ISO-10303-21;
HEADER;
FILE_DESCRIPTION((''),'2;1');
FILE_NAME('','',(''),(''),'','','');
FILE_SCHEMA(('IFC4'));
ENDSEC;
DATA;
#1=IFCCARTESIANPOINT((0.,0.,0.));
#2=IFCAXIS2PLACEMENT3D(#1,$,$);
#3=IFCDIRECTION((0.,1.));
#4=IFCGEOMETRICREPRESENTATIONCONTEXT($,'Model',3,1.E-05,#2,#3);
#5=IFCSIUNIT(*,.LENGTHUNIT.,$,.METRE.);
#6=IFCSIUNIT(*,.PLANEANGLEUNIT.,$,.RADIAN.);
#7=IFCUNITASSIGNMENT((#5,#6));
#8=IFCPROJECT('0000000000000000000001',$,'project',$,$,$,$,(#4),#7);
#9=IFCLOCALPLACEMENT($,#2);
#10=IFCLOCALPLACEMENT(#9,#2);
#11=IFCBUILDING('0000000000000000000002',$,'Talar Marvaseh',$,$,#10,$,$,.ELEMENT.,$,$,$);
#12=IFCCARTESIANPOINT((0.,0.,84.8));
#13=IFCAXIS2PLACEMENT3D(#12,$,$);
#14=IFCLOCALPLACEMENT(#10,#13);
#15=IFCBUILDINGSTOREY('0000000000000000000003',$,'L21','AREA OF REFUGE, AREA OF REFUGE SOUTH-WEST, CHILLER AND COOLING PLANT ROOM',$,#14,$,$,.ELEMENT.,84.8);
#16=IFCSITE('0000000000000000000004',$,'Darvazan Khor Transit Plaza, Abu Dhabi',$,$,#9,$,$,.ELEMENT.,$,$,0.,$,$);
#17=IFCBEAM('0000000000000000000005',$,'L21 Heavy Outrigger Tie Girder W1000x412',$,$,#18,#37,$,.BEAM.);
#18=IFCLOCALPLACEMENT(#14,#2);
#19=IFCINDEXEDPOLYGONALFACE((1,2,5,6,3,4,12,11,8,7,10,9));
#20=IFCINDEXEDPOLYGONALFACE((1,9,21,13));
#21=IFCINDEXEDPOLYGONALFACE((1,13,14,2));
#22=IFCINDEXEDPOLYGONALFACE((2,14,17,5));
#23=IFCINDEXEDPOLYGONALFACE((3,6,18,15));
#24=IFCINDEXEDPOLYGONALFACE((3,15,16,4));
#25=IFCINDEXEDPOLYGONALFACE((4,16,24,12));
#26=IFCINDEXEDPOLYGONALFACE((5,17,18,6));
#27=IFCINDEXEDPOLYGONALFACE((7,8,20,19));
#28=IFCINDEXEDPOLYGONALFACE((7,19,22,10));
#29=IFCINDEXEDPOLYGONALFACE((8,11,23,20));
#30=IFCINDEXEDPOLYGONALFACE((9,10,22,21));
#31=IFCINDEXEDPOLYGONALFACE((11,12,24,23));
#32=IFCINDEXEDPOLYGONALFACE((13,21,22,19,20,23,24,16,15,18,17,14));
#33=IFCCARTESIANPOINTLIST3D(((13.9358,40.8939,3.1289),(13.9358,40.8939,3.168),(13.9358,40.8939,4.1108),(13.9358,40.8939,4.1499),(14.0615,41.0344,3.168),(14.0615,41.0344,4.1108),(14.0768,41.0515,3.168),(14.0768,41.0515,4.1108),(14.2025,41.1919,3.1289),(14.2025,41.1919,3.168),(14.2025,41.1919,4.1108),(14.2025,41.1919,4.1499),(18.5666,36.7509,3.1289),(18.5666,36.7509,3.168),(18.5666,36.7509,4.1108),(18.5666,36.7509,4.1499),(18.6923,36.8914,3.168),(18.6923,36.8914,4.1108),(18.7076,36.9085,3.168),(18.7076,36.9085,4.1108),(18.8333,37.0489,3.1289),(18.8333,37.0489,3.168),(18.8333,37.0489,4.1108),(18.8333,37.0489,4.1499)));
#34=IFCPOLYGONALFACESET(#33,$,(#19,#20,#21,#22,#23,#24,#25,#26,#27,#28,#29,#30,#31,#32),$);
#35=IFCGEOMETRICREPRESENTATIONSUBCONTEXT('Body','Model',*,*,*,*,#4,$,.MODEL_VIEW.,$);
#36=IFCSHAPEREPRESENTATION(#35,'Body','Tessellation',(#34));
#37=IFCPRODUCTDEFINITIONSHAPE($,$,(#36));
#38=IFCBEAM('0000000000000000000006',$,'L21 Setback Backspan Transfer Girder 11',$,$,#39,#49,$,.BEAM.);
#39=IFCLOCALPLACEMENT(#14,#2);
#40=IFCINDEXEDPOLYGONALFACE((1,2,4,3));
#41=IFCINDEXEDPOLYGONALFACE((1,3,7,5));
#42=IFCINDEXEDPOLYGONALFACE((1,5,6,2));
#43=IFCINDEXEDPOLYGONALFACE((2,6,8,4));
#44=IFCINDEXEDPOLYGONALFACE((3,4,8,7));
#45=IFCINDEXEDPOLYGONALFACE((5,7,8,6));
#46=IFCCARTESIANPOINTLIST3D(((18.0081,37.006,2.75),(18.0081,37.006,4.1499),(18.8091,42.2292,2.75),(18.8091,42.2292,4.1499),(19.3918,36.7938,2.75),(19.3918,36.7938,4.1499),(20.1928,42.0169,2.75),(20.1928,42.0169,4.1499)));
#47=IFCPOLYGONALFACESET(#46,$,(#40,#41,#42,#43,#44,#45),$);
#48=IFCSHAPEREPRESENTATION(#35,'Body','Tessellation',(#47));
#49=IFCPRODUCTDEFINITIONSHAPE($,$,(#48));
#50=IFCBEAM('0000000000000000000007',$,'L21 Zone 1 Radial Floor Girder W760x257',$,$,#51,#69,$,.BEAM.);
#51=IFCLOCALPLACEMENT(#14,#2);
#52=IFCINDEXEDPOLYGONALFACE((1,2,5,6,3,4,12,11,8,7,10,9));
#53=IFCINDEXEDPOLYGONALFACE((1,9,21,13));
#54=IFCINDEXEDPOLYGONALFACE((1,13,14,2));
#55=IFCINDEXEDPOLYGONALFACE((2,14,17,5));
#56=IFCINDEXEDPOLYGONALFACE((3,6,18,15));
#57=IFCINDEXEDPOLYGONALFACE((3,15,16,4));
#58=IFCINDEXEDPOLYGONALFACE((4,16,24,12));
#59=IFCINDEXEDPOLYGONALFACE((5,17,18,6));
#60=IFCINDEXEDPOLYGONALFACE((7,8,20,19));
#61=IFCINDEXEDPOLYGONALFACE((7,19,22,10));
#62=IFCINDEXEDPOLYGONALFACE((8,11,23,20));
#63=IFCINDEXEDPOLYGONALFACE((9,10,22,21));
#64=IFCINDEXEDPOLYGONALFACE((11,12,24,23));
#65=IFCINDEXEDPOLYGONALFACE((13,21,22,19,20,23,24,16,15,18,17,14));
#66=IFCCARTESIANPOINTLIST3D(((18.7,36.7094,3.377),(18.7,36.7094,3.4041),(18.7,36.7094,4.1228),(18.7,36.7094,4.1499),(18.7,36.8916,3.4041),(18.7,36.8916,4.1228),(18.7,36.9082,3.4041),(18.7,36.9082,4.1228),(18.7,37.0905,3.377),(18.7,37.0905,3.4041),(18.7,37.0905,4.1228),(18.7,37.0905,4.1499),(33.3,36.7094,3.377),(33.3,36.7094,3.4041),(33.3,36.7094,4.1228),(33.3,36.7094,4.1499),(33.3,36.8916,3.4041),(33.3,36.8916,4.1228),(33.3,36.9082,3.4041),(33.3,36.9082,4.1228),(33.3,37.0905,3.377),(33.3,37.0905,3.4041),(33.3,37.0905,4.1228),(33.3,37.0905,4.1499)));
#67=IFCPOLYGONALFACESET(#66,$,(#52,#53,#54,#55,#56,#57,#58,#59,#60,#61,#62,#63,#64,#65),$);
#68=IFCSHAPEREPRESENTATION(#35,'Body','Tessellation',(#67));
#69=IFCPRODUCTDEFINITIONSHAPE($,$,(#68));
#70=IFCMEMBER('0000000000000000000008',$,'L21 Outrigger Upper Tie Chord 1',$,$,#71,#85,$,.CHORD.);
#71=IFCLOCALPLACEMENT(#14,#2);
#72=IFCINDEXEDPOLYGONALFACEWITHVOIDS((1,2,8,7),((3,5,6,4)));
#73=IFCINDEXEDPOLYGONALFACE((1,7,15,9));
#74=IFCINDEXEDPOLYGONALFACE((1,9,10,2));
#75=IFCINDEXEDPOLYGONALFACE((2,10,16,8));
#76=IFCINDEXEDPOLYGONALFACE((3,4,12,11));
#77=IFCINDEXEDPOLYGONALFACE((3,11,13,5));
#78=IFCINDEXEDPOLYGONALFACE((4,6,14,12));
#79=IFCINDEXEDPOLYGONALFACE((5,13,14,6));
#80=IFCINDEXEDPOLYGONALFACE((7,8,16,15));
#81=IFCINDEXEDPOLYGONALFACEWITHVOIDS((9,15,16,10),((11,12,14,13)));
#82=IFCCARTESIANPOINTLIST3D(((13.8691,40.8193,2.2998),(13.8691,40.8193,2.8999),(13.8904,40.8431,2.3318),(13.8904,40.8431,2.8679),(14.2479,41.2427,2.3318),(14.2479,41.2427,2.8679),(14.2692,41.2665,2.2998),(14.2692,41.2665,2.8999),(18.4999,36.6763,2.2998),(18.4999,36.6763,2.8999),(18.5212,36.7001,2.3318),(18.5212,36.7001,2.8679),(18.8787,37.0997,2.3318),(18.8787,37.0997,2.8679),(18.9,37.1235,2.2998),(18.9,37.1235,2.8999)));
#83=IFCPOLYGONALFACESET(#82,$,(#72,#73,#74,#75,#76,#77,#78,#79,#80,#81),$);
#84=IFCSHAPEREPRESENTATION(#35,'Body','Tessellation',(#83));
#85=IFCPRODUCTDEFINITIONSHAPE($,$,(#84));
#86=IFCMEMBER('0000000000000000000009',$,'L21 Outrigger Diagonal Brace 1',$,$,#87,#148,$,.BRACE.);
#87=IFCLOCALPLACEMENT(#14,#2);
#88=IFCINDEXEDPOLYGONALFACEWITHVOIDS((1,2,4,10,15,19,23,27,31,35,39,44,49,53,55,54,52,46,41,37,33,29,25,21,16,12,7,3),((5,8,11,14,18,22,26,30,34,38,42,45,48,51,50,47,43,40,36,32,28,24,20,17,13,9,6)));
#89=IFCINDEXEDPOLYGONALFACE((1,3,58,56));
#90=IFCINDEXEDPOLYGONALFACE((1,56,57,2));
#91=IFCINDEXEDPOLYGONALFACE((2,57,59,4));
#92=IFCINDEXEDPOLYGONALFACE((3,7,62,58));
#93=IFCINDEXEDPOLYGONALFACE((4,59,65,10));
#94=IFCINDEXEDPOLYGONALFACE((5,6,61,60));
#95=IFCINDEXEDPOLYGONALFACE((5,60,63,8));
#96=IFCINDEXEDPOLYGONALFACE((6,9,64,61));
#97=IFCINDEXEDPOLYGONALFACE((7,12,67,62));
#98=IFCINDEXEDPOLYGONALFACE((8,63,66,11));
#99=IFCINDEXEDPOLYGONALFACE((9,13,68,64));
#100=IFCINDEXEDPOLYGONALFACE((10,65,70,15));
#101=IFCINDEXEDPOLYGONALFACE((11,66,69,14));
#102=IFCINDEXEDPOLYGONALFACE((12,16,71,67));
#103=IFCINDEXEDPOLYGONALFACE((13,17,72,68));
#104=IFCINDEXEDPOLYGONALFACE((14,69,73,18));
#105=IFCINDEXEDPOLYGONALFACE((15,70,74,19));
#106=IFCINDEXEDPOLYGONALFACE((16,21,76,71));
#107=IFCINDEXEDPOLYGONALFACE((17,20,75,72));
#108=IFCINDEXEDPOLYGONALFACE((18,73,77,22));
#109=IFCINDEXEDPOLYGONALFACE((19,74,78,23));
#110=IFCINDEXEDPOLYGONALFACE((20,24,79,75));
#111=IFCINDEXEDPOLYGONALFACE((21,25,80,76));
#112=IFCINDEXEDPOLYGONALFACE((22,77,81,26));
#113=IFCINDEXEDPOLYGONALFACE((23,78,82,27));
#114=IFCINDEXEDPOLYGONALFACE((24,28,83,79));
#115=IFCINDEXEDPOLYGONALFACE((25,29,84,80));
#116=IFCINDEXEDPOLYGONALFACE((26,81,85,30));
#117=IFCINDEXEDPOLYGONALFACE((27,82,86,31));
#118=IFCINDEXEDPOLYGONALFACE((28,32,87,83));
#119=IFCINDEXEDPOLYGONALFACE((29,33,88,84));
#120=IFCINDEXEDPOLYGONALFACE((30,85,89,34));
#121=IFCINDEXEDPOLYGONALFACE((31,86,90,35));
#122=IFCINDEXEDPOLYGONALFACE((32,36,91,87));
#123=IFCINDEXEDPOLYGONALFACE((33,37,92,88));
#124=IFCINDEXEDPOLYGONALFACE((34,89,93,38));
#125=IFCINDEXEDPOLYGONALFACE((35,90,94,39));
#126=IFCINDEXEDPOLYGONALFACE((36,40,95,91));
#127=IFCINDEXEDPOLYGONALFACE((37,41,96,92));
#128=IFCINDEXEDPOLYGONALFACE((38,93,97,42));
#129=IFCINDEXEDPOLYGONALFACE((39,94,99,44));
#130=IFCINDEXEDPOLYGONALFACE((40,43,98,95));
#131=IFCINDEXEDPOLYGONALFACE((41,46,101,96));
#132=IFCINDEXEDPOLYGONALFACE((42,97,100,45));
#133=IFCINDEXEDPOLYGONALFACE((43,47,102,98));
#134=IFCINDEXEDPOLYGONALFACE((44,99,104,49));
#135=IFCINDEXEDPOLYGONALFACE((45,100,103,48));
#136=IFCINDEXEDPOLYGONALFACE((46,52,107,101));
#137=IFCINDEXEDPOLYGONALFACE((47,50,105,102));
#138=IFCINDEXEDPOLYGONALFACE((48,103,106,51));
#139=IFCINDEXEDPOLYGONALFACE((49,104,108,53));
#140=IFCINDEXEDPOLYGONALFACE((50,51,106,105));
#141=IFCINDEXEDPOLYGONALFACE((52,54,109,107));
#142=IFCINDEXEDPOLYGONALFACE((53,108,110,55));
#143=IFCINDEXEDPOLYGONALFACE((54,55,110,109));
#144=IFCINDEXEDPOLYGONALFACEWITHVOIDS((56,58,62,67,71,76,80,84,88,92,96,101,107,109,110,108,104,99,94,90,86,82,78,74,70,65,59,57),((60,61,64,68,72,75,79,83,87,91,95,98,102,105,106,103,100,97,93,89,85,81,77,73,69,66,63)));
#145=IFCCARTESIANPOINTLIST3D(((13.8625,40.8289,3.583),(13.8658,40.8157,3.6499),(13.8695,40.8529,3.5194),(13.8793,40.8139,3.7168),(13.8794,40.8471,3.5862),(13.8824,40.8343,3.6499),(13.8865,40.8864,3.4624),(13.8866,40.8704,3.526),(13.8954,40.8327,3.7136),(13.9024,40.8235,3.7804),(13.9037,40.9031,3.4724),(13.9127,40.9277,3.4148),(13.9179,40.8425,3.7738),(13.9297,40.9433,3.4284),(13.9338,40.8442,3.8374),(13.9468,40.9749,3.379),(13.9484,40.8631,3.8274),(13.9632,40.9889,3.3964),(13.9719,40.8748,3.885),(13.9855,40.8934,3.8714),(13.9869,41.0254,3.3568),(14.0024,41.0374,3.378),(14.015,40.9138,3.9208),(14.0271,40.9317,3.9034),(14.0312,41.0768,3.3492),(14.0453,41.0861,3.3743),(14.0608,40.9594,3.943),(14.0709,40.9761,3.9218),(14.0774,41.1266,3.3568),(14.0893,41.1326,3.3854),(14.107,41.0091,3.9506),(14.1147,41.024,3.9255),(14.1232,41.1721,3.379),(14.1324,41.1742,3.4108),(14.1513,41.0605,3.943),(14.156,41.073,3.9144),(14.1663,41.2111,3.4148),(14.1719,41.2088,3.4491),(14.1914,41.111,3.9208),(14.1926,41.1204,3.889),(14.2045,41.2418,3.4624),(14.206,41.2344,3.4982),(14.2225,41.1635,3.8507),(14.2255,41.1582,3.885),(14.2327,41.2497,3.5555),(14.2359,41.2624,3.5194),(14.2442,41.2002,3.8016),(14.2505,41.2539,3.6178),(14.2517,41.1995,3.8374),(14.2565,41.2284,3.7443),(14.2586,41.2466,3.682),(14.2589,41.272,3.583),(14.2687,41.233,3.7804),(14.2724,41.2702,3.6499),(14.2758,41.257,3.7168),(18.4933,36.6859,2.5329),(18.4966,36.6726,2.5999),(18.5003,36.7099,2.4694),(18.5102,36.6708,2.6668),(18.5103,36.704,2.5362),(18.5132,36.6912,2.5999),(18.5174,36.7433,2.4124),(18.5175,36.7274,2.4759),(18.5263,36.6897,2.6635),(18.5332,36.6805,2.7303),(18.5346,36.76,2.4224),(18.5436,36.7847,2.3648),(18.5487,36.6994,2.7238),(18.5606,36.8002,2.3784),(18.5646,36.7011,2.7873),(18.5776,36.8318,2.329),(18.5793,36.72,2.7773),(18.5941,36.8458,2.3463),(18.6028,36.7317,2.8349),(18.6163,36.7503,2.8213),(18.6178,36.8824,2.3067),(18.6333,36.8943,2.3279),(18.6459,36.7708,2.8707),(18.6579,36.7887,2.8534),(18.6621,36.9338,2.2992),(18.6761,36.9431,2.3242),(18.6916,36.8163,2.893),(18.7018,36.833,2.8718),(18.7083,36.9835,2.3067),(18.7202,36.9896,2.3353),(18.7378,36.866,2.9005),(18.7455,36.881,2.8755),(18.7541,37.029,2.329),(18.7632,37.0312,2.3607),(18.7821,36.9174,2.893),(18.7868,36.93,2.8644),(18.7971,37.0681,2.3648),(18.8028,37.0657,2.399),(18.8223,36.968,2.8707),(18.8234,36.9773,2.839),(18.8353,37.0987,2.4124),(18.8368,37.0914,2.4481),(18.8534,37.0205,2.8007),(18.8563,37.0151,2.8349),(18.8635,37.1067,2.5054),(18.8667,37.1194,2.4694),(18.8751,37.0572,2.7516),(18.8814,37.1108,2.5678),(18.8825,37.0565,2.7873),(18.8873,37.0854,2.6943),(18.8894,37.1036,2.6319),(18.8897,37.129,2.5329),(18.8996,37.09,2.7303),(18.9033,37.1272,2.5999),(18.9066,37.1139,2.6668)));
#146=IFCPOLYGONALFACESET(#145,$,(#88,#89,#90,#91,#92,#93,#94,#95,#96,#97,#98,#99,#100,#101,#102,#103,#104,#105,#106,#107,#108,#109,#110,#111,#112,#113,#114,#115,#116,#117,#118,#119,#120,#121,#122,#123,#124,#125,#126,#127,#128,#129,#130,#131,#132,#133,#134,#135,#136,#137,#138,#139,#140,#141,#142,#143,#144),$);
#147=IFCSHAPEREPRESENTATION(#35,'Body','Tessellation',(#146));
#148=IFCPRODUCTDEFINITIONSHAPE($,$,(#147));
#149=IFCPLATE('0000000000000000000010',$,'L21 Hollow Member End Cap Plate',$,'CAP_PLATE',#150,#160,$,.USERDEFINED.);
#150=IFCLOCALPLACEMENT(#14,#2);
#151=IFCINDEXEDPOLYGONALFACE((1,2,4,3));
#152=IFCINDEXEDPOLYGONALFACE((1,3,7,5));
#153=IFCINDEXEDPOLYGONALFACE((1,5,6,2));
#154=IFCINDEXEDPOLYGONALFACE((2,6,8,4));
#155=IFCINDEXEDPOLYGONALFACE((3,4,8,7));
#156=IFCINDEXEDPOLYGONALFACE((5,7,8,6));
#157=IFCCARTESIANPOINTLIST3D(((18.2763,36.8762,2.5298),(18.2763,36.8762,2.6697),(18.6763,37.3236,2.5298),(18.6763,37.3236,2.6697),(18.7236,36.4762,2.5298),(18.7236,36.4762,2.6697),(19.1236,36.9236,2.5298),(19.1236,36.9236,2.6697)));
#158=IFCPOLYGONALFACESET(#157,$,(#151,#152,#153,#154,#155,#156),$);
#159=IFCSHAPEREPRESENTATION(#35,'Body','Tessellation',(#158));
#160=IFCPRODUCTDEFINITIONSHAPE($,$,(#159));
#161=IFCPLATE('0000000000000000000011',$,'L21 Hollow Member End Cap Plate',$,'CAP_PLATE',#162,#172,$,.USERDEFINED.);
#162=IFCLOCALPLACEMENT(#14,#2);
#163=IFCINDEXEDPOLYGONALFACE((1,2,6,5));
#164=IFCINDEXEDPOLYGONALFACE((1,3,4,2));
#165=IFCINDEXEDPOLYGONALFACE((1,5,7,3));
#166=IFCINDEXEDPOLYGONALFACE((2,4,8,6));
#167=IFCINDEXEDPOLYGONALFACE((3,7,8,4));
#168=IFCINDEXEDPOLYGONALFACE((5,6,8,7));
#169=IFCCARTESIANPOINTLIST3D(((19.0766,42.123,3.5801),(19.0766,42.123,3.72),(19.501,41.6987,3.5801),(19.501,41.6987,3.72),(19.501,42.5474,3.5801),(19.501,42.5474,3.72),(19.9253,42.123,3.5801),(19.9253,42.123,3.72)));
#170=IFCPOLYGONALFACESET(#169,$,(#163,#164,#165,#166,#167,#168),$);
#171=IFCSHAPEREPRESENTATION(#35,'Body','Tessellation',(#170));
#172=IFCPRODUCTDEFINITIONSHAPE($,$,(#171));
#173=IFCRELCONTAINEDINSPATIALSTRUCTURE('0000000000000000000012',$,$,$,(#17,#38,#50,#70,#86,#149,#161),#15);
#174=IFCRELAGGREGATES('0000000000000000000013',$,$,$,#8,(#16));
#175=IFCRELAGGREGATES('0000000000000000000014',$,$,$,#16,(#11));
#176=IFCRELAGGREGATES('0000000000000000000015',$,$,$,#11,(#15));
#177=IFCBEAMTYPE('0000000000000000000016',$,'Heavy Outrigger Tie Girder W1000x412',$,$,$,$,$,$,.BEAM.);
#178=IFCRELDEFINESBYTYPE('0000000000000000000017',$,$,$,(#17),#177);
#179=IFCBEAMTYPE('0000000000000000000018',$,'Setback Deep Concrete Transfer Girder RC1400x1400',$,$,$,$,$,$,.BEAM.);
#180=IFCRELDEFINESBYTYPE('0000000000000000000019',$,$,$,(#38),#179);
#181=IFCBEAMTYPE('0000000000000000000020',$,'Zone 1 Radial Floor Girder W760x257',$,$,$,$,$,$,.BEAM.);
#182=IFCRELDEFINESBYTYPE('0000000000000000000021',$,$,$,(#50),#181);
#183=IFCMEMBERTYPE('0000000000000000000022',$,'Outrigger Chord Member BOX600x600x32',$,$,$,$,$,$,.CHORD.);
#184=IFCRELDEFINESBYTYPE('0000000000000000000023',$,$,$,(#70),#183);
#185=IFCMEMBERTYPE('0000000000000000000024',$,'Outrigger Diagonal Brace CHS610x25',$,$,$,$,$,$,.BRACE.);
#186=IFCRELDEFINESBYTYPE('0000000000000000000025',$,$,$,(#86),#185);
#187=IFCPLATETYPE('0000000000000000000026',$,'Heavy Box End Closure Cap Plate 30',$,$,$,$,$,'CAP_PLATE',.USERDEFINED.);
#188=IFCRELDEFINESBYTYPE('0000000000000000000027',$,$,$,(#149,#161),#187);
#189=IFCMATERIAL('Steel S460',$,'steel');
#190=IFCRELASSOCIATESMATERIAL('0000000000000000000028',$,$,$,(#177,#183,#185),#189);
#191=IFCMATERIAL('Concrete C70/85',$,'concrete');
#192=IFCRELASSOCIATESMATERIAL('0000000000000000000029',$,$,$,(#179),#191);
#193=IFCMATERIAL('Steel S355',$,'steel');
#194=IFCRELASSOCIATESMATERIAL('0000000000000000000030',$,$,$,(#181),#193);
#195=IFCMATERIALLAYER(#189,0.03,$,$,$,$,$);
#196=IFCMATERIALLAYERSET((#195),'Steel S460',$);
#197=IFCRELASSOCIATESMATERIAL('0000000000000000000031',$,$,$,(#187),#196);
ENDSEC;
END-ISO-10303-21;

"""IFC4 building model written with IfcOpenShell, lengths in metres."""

from ifc_helpers import new_model, si_unit, direction, frame, origin, origin_2d, place, context, subcontext, project, spatial, rectangle, hollow_rectangle, hollow_circle, i_section, extrude, source, transform, mapped, material, layer, layer_set, material_profile, profile_set, type_object, type_shapes, element, save


model = new_model("IFC4")

# Units and contexts
model_context = context("Model", 3, precision=1e-05, world=origin(), true_north=direction((0.0, 1.0)))
body_context = subcontext(model_context, "Body", "Model", "MODEL_VIEW")
ifc_project = project(units=[si_unit("LENGTHUNIT", "METRE"), si_unit("PLANEANGLEUNIT", "RADIAN")], contexts=[model_context])

# Site, building, storey
site_placement = place(None, origin())
site = spatial("IfcSite", under=ifc_project, at=site_placement, Name="Darvazan Khor Transit Plaza, Abu Dhabi", CompositionType="ELEMENT", RefElevation=0.0)
building_placement = place(site_placement, origin())
building = spatial("IfcBuilding", under=site, at=building_placement, Name="Talar Marvaseh", CompositionType="ELEMENT")
storey_placement = place(building_placement, frame((0.0, 0.0, 84.8)))
storey = spatial("IfcBuildingStorey", under=building, at=storey_placement, Name="L21", Description="AREA OF REFUGE, AREA OF REFUGE SOUTH-WEST, CHILLER AND COOLING PLANT ROOM", CompositionType="ELEMENT", Elevation=84.8)

# Beams
ifc_material_1 = material(Name="Steel S460", Category="steel")
ifc_material_profile_1 = material_profile(ifc_material_1, i_section(OverallWidth=0.3999, OverallDepth=1.021, WebThickness=0.0229, FlangeThickness=0.0391, at=origin_2d()), Name="W1000x412")
ifc_profile_set_1 = profile_set([ifc_material_profile_1], Name="Steel S460")
beam_type_1 = type_object("IfcBeamType", Name="Heavy Outrigger Tie Girder W1000x412", PredefinedType="BEAM", material=ifc_profile_set_1)
beam_1_placement = place(storey_placement, frame((18.7, 36.8999, 3.6394), z_axis=(-0.745268, 0.666765, 0.0), x_axis=(-0.666765, -0.745268, 0.0)))
element("IfcBeam", 1, at=beam_1_placement, inside=storey, type_object=beam_type_1, Name="L21 Heavy Outrigger Tie Girder W1000x412", PredefinedType="BEAM", context=body_context, shape_type="SweptSolid", body=[
    extrude(i_section(OverallWidth=0.3999, OverallDepth=1.021, WebThickness=0.0229, FlangeThickness=0.0391, at=origin_2d()), origin(), (0.0, 0.0, 1.0), 6.2136),
])
ifc_material_2 = material(Name="Concrete C70/85", Category="concrete")
ifc_material_profile_2 = material_profile(ifc_material_2, rectangle(XDim=1.3999, YDim=1.3999, at=origin_2d()), Name="RC1400x1400")
ifc_profile_set_2 = profile_set([ifc_material_profile_2], Name="Concrete C70/85")
beam_type_2 = type_object("IfcBeamType", Name="Setback Deep Concrete Transfer Girder RC1400x1400", PredefinedType="BEAM", material=ifc_profile_set_2)
beam_2_placement = place(storey_placement, frame((19.501, 42.123, 3.45), z_axis=(-0.151588, -0.988444, 0.0), x_axis=(0.988444, -0.151588, 0.0)))
element("IfcBeam", 2, at=beam_2_placement, inside=storey, type_object=beam_type_2, Name="L21 Setback Backspan Transfer Girder 11", PredefinedType="BEAM", context=body_context, shape_type="SweptSolid", body=[
    extrude(rectangle(XDim=1.3999, YDim=1.3999, at=origin_2d()), origin(), (0.0, 0.0, 1.0), 5.2842),
])
ifc_material_3 = material(Name="Steel S355", Category="steel")
ifc_material_profile_3 = material_profile(ifc_material_3, i_section(OverallWidth=0.3811, OverallDepth=0.7729, WebThickness=0.0166, FlangeThickness=0.0271, at=origin_2d()), Name="W760x257")
ifc_profile_set_3 = profile_set([ifc_material_profile_3], Name="Steel S355")
beam_type_3 = type_object("IfcBeamType", Name="Zone 1 Radial Floor Girder W760x257", PredefinedType="BEAM", material=ifc_profile_set_3)
beam_3_placement = place(storey_placement, frame((18.7, 36.8999, 3.7634), z_axis=(1.0, 0.0, 0.0), x_axis=(0.0, 1.0, 0.0)))
element("IfcBeam", 3, at=beam_3_placement, inside=storey, type_object=beam_type_3, Name="L21 Zone 1 Radial Floor Girder W760x257", PredefinedType="BEAM", context=body_context, shape_type="SweptSolid", body=[
    extrude(i_section(OverallWidth=0.3811, OverallDepth=0.7729, WebThickness=0.0166, FlangeThickness=0.0271, at=origin_2d()), origin(), (0.0, 0.0, 1.0), 14.6001),
])

# Members
ifc_material_profile_4 = material_profile(ifc_material_1, hollow_rectangle(XDim=0.6001, YDim=0.6001, WallThickness=0.032, at=origin_2d()), Name="BOX600x600x32")
ifc_profile_set_4 = profile_set([ifc_material_profile_4], Name="Steel S460")
member_type_1 = type_object("IfcMemberType", Name="Outrigger Chord Member BOX600x600x32", PredefinedType="CHORD", material=ifc_profile_set_4)
shared_shape_1 = source(origin(), body_context, "Body", "SweptSolid", [
    extrude(hollow_rectangle(XDim=0.6001, YDim=0.6001, WallThickness=0.032, at=origin_2d()), origin(), (0.0, 0.0, 1.0), 6.2136),
])
type_shapes(member_type_1, [shared_shape_1])
member_1_placement = place(storey_placement, frame((18.7, 36.8999, 2.5999), z_axis=(-0.745268, 0.666765, 0.0), x_axis=(-0.666765, -0.745268, 0.0)))
element("IfcMember", 4, at=member_1_placement, inside=storey, type_object=member_type_1, Name="L21 Outrigger Upper Tie Chord 1", PredefinedType="CHORD", context=body_context, shape_type="MappedRepresentation", body=[
    mapped(shared_shape_1, transform((0.0, 0.0, 0.0), x_axis=(1.0, 0.0, 0.0), y_axis=(0.0, 1.0, 0.0), z_axis=(0.0, 0.0, 1.0), scale=1.0)),
])
ifc_material_profile_5 = material_profile(ifc_material_1, hollow_circle(Radius=0.3049, WallThickness=0.0249, at=origin_2d()), Name="CHS610x25")
ifc_profile_set_5 = profile_set([ifc_material_profile_5], Name="Steel S460")
member_type_2 = type_object("IfcMemberType", Name="Outrigger Diagonal Brace CHS610x25", PredefinedType="BRACE", material=ifc_profile_set_5)
shared_shape_2 = source(origin(), body_context, "Body", "SweptSolid", [
    extrude(hollow_circle(Radius=0.3049, WallThickness=0.0249, at=origin_2d()), origin(), (0.0, 0.0, 1.0), 6.3018),
])
type_shapes(member_type_2, [shared_shape_2])
member_2_placement = place(storey_placement, frame((18.7, 36.8999, 2.5999), z_axis=(-0.734849, 0.657444, 0.166627), x_axis=(-0.666765, -0.745268, 0.0)))
element("IfcMember", 5, at=member_2_placement, inside=storey, type_object=member_type_2, Name="L21 Outrigger Diagonal Brace 1", PredefinedType="BRACE", context=body_context, shape_type="MappedRepresentation", body=[
    mapped(shared_shape_2, transform((0.0, 0.0, 0.0), x_axis=(1.0, 0.0, 0.0), y_axis=(0.0, 1.0, 0.0), z_axis=(0.0, 0.0, 1.0), scale=1.0)),
])

# Plates
ifc_layer_1 = layer(ifc_material_1, 0.03)
ifc_layer_set_1 = layer_set([ifc_layer_1], Name="Steel S460")
plate_type_1 = type_object("IfcPlateType", Name="Heavy Box End Closure Cap Plate 30", ElementType="CAP_PLATE", PredefinedType="USERDEFINED", material=ifc_layer_set_1)
shared_shape_3 = source(origin(), body_context, "Body", "SweptSolid", [
    extrude(rectangle(XDim=0.6001, YDim=0.6001, at=origin_2d()), origin(), (0.0, 0.0, 1.0), 0.1399),
])
type_shapes(plate_type_1, [shared_shape_3])
for number, where, z_axis, x_axis, name in (
    (6, (18.7, 36.8999, 2.5298), (0.0, 0.0, 1.0), (-0.745476, 0.666532, 0.0), "L21 Hollow Member End Cap Plate"),
    (7, (19.501, 42.123, 3.5801), (0.0, 0.0, 1.0), (-0.707107, -0.707107, 0.0), "L21 Hollow Member End Cap Plate"),
):
    element("IfcPlate", number, at=place(storey_placement, frame(where, z_axis=z_axis, x_axis=x_axis)), inside=storey, type_object=plate_type_1, Name=name, ObjectType="CAP_PLATE", PredefinedType="USERDEFINED", context=body_context, shape_type="MappedRepresentation", body=[
        mapped(shared_shape_3, transform((0.0, 0.0, 0.0), x_axis=(1.0, 0.0, 0.0), y_axis=(0.0, 1.0, 0.0), z_axis=(0.0, 0.0, 1.0), scale=1.0)),
    ])

save(model, "model.ifc")
